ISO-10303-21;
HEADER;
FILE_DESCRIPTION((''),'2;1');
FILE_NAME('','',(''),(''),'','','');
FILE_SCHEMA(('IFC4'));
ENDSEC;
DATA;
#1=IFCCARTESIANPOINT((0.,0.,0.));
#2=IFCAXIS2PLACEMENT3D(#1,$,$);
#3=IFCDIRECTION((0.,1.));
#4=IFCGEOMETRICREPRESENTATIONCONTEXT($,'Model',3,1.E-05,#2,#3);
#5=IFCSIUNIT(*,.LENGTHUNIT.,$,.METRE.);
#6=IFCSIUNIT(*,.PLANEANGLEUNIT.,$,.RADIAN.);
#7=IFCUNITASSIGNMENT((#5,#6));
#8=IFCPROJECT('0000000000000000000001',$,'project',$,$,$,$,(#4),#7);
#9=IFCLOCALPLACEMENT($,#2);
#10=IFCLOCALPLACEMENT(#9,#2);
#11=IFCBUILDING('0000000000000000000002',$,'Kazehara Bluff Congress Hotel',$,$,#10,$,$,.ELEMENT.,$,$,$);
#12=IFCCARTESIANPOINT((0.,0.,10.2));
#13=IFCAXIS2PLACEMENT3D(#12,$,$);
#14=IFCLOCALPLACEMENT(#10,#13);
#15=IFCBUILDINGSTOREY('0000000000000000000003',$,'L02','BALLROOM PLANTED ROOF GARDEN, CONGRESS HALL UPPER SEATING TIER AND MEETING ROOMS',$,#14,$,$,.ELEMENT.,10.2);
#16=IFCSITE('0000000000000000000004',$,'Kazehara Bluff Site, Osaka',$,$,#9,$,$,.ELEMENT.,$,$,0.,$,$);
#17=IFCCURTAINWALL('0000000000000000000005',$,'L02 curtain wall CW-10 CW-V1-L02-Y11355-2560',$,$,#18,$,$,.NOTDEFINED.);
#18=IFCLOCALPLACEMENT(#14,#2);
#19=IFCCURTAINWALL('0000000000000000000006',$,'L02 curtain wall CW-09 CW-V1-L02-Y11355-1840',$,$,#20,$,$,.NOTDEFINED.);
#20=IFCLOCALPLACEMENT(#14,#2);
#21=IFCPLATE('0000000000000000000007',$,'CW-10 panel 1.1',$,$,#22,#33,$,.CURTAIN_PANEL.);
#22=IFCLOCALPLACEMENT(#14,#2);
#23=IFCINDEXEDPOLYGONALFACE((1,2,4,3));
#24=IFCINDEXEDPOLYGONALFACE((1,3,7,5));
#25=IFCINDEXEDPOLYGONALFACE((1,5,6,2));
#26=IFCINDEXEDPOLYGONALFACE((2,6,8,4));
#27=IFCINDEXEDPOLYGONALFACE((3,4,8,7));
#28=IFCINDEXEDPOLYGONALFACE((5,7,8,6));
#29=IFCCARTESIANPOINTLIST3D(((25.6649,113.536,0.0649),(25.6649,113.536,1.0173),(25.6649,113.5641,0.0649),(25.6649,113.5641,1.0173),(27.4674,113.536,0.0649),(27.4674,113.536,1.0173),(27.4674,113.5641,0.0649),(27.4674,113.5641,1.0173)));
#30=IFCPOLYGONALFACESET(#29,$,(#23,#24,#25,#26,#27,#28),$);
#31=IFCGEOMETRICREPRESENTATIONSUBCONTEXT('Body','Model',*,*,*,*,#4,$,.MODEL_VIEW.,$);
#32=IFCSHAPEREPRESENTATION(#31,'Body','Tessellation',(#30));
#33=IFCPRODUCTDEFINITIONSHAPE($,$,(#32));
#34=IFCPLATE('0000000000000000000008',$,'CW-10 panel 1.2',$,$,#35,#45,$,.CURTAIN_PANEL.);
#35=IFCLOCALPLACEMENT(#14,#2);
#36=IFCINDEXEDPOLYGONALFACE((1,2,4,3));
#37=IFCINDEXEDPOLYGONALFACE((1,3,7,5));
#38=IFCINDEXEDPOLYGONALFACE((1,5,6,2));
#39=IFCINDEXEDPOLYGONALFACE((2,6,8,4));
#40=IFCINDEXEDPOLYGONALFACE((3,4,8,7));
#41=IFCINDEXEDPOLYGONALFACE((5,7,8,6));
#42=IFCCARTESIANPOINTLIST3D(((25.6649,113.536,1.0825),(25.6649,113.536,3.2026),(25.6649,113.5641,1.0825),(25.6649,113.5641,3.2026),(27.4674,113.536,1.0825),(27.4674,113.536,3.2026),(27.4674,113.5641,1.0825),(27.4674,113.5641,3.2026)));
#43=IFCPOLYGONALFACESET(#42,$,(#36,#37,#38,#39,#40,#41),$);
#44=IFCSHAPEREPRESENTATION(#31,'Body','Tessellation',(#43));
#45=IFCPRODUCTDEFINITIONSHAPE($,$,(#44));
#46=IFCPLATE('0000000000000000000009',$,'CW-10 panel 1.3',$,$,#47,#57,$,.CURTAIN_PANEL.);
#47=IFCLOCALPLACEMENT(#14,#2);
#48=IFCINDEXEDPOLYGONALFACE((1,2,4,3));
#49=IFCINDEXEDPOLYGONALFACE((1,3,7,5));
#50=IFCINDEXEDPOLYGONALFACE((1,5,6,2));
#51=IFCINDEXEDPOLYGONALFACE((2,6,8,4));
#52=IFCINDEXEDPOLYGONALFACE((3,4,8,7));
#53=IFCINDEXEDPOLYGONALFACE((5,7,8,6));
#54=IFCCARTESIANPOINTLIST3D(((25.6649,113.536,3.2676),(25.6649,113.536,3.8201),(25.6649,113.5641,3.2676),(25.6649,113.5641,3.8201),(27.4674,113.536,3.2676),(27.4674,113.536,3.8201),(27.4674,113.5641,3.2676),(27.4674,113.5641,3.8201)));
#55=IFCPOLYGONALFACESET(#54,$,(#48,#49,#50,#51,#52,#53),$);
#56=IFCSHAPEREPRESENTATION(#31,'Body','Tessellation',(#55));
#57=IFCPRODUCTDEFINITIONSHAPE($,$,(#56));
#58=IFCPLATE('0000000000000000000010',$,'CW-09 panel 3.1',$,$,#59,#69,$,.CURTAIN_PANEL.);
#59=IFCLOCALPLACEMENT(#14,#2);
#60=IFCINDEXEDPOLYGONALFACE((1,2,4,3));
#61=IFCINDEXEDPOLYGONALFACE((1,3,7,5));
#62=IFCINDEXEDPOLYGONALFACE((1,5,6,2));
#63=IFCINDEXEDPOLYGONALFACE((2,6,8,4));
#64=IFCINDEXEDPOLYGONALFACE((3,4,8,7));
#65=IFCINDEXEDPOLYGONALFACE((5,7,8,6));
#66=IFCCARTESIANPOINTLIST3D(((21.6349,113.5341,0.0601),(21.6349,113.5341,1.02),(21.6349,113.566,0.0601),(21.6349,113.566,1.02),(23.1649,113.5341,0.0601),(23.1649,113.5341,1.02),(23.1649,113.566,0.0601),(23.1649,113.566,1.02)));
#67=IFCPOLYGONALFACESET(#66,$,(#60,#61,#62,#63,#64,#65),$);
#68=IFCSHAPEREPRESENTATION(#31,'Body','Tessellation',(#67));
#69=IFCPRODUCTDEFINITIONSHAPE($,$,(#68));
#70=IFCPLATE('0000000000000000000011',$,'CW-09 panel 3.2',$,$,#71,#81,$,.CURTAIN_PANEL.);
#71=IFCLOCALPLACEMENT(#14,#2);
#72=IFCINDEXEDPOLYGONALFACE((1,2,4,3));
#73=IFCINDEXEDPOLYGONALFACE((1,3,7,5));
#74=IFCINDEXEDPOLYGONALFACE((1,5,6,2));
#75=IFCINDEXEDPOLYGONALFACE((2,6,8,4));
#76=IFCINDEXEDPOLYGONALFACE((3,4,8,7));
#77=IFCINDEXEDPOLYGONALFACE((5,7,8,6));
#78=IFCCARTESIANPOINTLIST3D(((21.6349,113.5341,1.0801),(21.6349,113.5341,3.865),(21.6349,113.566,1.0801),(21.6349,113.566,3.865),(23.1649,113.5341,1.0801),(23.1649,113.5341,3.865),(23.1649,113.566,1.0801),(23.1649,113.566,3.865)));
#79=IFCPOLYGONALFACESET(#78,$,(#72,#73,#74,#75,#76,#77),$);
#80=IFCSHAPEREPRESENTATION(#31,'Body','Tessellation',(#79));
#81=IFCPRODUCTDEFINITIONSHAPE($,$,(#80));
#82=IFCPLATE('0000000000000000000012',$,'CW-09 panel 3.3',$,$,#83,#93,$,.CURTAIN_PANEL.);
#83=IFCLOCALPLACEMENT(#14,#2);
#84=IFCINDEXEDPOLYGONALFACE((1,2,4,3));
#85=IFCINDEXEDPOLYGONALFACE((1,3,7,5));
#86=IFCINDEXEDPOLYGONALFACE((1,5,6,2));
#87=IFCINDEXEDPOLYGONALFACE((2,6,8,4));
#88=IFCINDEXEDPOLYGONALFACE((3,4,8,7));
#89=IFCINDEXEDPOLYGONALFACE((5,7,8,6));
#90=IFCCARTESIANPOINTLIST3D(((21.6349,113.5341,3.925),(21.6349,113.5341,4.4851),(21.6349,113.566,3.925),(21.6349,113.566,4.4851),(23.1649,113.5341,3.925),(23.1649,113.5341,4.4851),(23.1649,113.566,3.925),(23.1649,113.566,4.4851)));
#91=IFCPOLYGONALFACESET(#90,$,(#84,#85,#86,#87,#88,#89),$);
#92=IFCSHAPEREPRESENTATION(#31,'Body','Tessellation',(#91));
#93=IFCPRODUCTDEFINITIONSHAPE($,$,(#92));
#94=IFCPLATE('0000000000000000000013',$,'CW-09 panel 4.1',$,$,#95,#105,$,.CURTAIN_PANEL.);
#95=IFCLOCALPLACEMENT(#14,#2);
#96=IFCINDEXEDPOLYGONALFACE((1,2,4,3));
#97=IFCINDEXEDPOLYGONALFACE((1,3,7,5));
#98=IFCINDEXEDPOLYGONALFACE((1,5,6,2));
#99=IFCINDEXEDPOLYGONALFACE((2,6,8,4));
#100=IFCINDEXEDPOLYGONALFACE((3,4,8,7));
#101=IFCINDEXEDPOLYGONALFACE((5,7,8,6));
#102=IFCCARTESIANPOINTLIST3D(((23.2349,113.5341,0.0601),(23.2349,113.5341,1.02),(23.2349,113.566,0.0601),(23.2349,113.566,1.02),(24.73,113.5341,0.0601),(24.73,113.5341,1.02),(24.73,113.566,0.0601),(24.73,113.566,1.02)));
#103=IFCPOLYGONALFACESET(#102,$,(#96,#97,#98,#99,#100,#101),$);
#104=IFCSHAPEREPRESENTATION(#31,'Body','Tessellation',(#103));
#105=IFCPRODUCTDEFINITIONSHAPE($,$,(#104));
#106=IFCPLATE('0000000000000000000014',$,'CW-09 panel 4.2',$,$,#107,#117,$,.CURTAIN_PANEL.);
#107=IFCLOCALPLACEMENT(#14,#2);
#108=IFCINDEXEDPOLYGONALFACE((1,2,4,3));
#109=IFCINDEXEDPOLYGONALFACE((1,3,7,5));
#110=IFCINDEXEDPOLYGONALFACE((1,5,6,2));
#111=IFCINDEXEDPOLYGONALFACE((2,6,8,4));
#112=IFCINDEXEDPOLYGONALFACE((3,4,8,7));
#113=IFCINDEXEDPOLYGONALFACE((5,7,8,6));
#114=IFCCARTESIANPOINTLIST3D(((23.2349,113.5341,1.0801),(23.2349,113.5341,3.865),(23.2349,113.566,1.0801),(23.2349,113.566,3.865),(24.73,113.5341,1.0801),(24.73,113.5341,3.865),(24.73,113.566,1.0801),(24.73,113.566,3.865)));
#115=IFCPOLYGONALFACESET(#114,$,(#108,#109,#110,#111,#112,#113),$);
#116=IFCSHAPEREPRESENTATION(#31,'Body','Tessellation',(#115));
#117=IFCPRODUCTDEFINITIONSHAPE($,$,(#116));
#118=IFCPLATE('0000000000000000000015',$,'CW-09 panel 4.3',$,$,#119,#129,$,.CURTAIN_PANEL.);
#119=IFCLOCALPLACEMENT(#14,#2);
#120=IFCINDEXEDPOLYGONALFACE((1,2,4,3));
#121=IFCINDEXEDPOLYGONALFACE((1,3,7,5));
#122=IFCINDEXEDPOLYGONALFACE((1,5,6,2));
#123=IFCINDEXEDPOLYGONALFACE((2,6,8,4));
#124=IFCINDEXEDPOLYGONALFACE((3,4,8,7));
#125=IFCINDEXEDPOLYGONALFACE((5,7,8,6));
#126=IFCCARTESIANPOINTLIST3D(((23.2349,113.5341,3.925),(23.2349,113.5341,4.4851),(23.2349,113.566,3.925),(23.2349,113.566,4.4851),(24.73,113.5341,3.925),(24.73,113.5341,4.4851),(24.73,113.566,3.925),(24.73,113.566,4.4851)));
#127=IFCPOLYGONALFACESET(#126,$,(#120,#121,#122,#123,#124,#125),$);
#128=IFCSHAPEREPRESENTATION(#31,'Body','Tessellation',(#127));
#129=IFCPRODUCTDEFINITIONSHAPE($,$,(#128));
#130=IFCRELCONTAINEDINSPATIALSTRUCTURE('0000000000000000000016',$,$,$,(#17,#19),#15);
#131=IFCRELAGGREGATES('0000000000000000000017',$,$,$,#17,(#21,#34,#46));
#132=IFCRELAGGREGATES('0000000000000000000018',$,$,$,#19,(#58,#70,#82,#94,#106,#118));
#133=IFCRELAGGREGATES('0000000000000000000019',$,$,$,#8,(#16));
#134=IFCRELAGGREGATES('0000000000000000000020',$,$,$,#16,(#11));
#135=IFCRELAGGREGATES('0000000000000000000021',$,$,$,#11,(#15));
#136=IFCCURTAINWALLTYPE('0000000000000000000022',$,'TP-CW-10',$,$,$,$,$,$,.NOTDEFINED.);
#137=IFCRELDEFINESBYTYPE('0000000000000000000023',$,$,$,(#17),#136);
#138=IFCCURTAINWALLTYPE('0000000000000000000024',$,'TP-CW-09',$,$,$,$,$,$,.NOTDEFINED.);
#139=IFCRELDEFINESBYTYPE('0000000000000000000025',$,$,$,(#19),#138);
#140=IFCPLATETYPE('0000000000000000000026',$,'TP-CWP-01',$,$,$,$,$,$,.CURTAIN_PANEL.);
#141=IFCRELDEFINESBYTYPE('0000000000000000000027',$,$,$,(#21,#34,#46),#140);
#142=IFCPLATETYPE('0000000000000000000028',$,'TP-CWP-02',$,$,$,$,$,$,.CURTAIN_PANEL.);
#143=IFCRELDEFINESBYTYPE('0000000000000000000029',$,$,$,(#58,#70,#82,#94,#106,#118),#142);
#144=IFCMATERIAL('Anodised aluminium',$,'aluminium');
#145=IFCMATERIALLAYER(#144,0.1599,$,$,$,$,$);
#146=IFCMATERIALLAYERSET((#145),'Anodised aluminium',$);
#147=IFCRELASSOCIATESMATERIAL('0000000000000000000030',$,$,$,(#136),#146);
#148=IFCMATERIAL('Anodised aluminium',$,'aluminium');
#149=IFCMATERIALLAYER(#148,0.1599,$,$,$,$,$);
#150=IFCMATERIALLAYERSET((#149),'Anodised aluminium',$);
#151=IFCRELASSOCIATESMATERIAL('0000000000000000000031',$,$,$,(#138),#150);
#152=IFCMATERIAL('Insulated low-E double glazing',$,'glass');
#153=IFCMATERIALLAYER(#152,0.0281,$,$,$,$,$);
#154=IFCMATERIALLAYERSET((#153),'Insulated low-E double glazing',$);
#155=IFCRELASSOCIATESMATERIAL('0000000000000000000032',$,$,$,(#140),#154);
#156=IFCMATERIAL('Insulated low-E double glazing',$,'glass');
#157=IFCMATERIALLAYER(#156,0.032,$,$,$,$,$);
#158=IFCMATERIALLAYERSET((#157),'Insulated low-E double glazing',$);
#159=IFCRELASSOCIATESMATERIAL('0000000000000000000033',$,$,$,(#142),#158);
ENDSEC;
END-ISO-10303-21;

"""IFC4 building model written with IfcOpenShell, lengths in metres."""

from ifc_helpers import new_model, si_unit, direction, frame, origin, origin_2d, place, context, subcontext, project, spatial, rectangle, extrude, material, layer, layer_set, type_object, element, aggregate, save


model = new_model("IFC4")

# Units and contexts
model_context = context("Model", 3, precision=1e-05, world=origin(), true_north=direction((0.0, 1.0)))
body_context = subcontext(model_context, "Body", "Model", "MODEL_VIEW")
ifc_project = project(units=[si_unit("LENGTHUNIT", "METRE"), si_unit("PLANEANGLEUNIT", "RADIAN")], contexts=[model_context])

# Site, building, storey
site_placement = place(None, origin())
site = spatial("IfcSite", under=ifc_project, at=site_placement, Name="Kazehara Bluff Site, Osaka", CompositionType="ELEMENT", RefElevation=0.0)
building_placement = place(site_placement, origin())
building = spatial("IfcBuilding", under=site, at=building_placement, Name="Kazehara Bluff Congress Hotel", CompositionType="ELEMENT")
storey_placement = place(building_placement, frame((0.0, 0.0, 10.2)))
storey = spatial("IfcBuildingStorey", under=building, at=storey_placement, Name="L02", Description="BALLROOM PLANTED ROOF GARDEN, CONGRESS HALL UPPER SEATING TIER AND MEETING ROOMS", CompositionType="ELEMENT", Elevation=10.2)

# Curtain walls
ifc_material_1 = material(Name="Anodised aluminium", Category="aluminium")
ifc_layer_1 = layer(ifc_material_1, 0.1599)
ifc_layer_set_1 = layer_set([ifc_layer_1], Name="Anodised aluminium")
curtain_wall_type_1 = type_object("IfcCurtainWallType", Name="TP-CW-10", PredefinedType="NOTDEFINED", material=ifc_layer_set_1)
curtain_wall_1_placement = place(storey_placement, origin())
curtain_wall_1 = element("IfcCurtainWall", 1, at=curtain_wall_1_placement, inside=storey, type_object=curtain_wall_type_1, Name="L02 curtain wall CW-10 CW-V1-L02-Y11355-2560", PredefinedType="NOTDEFINED")
ifc_material_2 = material(Name="Anodised aluminium", Category="aluminium")
ifc_layer_2 = layer(ifc_material_2, 0.1599)
ifc_layer_set_2 = layer_set([ifc_layer_2], Name="Anodised aluminium")
curtain_wall_type_2 = type_object("IfcCurtainWallType", Name="TP-CW-09", PredefinedType="NOTDEFINED", material=ifc_layer_set_2)
curtain_wall_2_placement = place(storey_placement, origin())
curtain_wall_2 = element("IfcCurtainWall", 2, at=curtain_wall_2_placement, inside=storey, type_object=curtain_wall_type_2, Name="L02 curtain wall CW-09 CW-V1-L02-Y11355-1840", PredefinedType="NOTDEFINED")

# Plates
ifc_material_3 = material(Name="Insulated low-E double glazing", Category="glass")
ifc_layer_3 = layer(ifc_material_3, 0.0281)
ifc_layer_set_3 = layer_set([ifc_layer_3], Name="Insulated low-E double glazing")
plate_type_1 = type_object("IfcPlateType", Name="TP-CWP-01", PredefinedType="CURTAIN_PANEL", material=ifc_layer_set_3)
plate_1_placement = place(storey_placement, frame((26.5662, 113.55, 0.0649), z_axis=(0.0, 0.0, 1.0), x_axis=(1.0, 0.0, 0.0)))
plate_1 = element("IfcPlate", 3, at=plate_1_placement, type_object=plate_type_1, Name="CW-10 panel 1.1", PredefinedType="CURTAIN_PANEL", context=body_context, shape_type="SweptSolid", body=[
    extrude(rectangle(XDim=1.8025, YDim=0.0281, at=origin_2d()), origin(), (0.0, 0.0, 1.0), 0.9524),
])
plate_2_placement = place(storey_placement, frame((26.5662, 113.55, 1.0825), z_axis=(0.0, 0.0, 1.0), x_axis=(1.0, 0.0, 0.0)))
plate_2 = element("IfcPlate", 4, at=plate_2_placement, type_object=plate_type_1, Name="CW-10 panel 1.2", PredefinedType="CURTAIN_PANEL", context=body_context, shape_type="SweptSolid", body=[
    extrude(rectangle(XDim=1.8025, YDim=0.0281, at=origin_2d()), origin(), (0.0, 0.0, 1.0), 2.1201),
])
plate_3_placement = place(storey_placement, frame((26.5662, 113.55, 3.2676), z_axis=(0.0, 0.0, 1.0), x_axis=(1.0, 0.0, 0.0)))
plate_3 = element("IfcPlate", 5, at=plate_3_placement, type_object=plate_type_1, Name="CW-10 panel 1.3", PredefinedType="CURTAIN_PANEL", context=body_context, shape_type="SweptSolid", body=[
    extrude(rectangle(XDim=1.8025, YDim=0.0281, at=origin_2d()), origin(), (0.0, 0.0, 1.0), 0.5525),
])
aggregate(curtain_wall_1, [plate_1, plate_2, plate_3])
ifc_material_4 = material(Name="Insulated low-E double glazing", Category="glass")
ifc_layer_4 = layer(ifc_material_4, 0.032)
ifc_layer_set_4 = layer_set([ifc_layer_4], Name="Insulated low-E double glazing")
plate_type_2 = type_object("IfcPlateType", Name="TP-CWP-02", PredefinedType="CURTAIN_PANEL", material=ifc_layer_set_4)
plate_4_placement = place(storey_placement, frame((22.3999, 113.55, 0.0601), z_axis=(0.0, 0.0, 1.0), x_axis=(1.0, 0.0, 0.0)))
plate_4 = element("IfcPlate", 6, at=plate_4_placement, type_object=plate_type_2, Name="CW-09 panel 3.1", PredefinedType="CURTAIN_PANEL", context=body_context, shape_type="SweptSolid", body=[
    extrude(rectangle(XDim=1.53, YDim=0.032, at=origin_2d()), origin(), (0.0, 0.0, 1.0), 0.96),
])
plate_5_placement = place(storey_placement, frame((22.3999, 113.55, 1.0801), z_axis=(0.0, 0.0, 1.0), x_axis=(1.0, 0.0, 0.0)))
plate_5 = element("IfcPlate", 7, at=plate_5_placement, type_object=plate_type_2, Name="CW-09 panel 3.2", PredefinedType="CURTAIN_PANEL", context=body_context, shape_type="SweptSolid", body=[
    extrude(rectangle(XDim=1.53, YDim=0.032, at=origin_2d()), origin(), (0.0, 0.0, 1.0), 2.7849),
])
plate_6_placement = place(storey_placement, frame((22.3999, 113.55, 3.925), z_axis=(0.0, 0.0, 1.0), x_axis=(1.0, 0.0, 0.0)))
plate_6 = element("IfcPlate", 8, at=plate_6_placement, type_object=plate_type_2, Name="CW-09 panel 3.3", PredefinedType="CURTAIN_PANEL", context=body_context, shape_type="SweptSolid", body=[
    extrude(rectangle(XDim=1.53, YDim=0.032, at=origin_2d()), origin(), (0.0, 0.0, 1.0), 0.5601),
])
plate_7_placement = place(storey_placement, frame((23.9824, 113.55, 0.0601), z_axis=(0.0, 0.0, 1.0), x_axis=(1.0, 0.0, 0.0)))
plate_7 = element("IfcPlate", 9, at=plate_7_placement, type_object=plate_type_2, Name="CW-09 panel 4.1", PredefinedType="CURTAIN_PANEL", context=body_context, shape_type="SweptSolid", body=[
    extrude(rectangle(XDim=1.4951, YDim=0.032, at=origin_2d()), origin(), (0.0, 0.0, 1.0), 0.96),
])
plate_8_placement = place(storey_placement, frame((23.9824, 113.55, 1.0801), z_axis=(0.0, 0.0, 1.0), x_axis=(1.0, 0.0, 0.0)))
plate_8 = element("IfcPlate", 10, at=plate_8_placement, type_object=plate_type_2, Name="CW-09 panel 4.2", PredefinedType="CURTAIN_PANEL", context=body_context, shape_type="SweptSolid", body=[
    extrude(rectangle(XDim=1.4951, YDim=0.032, at=origin_2d()), origin(), (0.0, 0.0, 1.0), 2.7849),
])
plate_9_placement = place(storey_placement, frame((23.9824, 113.55, 3.925), z_axis=(0.0, 0.0, 1.0), x_axis=(1.0, 0.0, 0.0)))
plate_9 = element("IfcPlate", 11, at=plate_9_placement, type_object=plate_type_2, Name="CW-09 panel 4.3", PredefinedType="CURTAIN_PANEL", context=body_context, shape_type="SweptSolid", body=[
    extrude(rectangle(XDim=1.4951, YDim=0.032, at=origin_2d()), origin(), (0.0, 0.0, 1.0), 0.5601),
])
aggregate(curtain_wall_2, [plate_4, plate_5, plate_6, plate_7, plate_8, plate_9])

save(model, "model.ifc")
